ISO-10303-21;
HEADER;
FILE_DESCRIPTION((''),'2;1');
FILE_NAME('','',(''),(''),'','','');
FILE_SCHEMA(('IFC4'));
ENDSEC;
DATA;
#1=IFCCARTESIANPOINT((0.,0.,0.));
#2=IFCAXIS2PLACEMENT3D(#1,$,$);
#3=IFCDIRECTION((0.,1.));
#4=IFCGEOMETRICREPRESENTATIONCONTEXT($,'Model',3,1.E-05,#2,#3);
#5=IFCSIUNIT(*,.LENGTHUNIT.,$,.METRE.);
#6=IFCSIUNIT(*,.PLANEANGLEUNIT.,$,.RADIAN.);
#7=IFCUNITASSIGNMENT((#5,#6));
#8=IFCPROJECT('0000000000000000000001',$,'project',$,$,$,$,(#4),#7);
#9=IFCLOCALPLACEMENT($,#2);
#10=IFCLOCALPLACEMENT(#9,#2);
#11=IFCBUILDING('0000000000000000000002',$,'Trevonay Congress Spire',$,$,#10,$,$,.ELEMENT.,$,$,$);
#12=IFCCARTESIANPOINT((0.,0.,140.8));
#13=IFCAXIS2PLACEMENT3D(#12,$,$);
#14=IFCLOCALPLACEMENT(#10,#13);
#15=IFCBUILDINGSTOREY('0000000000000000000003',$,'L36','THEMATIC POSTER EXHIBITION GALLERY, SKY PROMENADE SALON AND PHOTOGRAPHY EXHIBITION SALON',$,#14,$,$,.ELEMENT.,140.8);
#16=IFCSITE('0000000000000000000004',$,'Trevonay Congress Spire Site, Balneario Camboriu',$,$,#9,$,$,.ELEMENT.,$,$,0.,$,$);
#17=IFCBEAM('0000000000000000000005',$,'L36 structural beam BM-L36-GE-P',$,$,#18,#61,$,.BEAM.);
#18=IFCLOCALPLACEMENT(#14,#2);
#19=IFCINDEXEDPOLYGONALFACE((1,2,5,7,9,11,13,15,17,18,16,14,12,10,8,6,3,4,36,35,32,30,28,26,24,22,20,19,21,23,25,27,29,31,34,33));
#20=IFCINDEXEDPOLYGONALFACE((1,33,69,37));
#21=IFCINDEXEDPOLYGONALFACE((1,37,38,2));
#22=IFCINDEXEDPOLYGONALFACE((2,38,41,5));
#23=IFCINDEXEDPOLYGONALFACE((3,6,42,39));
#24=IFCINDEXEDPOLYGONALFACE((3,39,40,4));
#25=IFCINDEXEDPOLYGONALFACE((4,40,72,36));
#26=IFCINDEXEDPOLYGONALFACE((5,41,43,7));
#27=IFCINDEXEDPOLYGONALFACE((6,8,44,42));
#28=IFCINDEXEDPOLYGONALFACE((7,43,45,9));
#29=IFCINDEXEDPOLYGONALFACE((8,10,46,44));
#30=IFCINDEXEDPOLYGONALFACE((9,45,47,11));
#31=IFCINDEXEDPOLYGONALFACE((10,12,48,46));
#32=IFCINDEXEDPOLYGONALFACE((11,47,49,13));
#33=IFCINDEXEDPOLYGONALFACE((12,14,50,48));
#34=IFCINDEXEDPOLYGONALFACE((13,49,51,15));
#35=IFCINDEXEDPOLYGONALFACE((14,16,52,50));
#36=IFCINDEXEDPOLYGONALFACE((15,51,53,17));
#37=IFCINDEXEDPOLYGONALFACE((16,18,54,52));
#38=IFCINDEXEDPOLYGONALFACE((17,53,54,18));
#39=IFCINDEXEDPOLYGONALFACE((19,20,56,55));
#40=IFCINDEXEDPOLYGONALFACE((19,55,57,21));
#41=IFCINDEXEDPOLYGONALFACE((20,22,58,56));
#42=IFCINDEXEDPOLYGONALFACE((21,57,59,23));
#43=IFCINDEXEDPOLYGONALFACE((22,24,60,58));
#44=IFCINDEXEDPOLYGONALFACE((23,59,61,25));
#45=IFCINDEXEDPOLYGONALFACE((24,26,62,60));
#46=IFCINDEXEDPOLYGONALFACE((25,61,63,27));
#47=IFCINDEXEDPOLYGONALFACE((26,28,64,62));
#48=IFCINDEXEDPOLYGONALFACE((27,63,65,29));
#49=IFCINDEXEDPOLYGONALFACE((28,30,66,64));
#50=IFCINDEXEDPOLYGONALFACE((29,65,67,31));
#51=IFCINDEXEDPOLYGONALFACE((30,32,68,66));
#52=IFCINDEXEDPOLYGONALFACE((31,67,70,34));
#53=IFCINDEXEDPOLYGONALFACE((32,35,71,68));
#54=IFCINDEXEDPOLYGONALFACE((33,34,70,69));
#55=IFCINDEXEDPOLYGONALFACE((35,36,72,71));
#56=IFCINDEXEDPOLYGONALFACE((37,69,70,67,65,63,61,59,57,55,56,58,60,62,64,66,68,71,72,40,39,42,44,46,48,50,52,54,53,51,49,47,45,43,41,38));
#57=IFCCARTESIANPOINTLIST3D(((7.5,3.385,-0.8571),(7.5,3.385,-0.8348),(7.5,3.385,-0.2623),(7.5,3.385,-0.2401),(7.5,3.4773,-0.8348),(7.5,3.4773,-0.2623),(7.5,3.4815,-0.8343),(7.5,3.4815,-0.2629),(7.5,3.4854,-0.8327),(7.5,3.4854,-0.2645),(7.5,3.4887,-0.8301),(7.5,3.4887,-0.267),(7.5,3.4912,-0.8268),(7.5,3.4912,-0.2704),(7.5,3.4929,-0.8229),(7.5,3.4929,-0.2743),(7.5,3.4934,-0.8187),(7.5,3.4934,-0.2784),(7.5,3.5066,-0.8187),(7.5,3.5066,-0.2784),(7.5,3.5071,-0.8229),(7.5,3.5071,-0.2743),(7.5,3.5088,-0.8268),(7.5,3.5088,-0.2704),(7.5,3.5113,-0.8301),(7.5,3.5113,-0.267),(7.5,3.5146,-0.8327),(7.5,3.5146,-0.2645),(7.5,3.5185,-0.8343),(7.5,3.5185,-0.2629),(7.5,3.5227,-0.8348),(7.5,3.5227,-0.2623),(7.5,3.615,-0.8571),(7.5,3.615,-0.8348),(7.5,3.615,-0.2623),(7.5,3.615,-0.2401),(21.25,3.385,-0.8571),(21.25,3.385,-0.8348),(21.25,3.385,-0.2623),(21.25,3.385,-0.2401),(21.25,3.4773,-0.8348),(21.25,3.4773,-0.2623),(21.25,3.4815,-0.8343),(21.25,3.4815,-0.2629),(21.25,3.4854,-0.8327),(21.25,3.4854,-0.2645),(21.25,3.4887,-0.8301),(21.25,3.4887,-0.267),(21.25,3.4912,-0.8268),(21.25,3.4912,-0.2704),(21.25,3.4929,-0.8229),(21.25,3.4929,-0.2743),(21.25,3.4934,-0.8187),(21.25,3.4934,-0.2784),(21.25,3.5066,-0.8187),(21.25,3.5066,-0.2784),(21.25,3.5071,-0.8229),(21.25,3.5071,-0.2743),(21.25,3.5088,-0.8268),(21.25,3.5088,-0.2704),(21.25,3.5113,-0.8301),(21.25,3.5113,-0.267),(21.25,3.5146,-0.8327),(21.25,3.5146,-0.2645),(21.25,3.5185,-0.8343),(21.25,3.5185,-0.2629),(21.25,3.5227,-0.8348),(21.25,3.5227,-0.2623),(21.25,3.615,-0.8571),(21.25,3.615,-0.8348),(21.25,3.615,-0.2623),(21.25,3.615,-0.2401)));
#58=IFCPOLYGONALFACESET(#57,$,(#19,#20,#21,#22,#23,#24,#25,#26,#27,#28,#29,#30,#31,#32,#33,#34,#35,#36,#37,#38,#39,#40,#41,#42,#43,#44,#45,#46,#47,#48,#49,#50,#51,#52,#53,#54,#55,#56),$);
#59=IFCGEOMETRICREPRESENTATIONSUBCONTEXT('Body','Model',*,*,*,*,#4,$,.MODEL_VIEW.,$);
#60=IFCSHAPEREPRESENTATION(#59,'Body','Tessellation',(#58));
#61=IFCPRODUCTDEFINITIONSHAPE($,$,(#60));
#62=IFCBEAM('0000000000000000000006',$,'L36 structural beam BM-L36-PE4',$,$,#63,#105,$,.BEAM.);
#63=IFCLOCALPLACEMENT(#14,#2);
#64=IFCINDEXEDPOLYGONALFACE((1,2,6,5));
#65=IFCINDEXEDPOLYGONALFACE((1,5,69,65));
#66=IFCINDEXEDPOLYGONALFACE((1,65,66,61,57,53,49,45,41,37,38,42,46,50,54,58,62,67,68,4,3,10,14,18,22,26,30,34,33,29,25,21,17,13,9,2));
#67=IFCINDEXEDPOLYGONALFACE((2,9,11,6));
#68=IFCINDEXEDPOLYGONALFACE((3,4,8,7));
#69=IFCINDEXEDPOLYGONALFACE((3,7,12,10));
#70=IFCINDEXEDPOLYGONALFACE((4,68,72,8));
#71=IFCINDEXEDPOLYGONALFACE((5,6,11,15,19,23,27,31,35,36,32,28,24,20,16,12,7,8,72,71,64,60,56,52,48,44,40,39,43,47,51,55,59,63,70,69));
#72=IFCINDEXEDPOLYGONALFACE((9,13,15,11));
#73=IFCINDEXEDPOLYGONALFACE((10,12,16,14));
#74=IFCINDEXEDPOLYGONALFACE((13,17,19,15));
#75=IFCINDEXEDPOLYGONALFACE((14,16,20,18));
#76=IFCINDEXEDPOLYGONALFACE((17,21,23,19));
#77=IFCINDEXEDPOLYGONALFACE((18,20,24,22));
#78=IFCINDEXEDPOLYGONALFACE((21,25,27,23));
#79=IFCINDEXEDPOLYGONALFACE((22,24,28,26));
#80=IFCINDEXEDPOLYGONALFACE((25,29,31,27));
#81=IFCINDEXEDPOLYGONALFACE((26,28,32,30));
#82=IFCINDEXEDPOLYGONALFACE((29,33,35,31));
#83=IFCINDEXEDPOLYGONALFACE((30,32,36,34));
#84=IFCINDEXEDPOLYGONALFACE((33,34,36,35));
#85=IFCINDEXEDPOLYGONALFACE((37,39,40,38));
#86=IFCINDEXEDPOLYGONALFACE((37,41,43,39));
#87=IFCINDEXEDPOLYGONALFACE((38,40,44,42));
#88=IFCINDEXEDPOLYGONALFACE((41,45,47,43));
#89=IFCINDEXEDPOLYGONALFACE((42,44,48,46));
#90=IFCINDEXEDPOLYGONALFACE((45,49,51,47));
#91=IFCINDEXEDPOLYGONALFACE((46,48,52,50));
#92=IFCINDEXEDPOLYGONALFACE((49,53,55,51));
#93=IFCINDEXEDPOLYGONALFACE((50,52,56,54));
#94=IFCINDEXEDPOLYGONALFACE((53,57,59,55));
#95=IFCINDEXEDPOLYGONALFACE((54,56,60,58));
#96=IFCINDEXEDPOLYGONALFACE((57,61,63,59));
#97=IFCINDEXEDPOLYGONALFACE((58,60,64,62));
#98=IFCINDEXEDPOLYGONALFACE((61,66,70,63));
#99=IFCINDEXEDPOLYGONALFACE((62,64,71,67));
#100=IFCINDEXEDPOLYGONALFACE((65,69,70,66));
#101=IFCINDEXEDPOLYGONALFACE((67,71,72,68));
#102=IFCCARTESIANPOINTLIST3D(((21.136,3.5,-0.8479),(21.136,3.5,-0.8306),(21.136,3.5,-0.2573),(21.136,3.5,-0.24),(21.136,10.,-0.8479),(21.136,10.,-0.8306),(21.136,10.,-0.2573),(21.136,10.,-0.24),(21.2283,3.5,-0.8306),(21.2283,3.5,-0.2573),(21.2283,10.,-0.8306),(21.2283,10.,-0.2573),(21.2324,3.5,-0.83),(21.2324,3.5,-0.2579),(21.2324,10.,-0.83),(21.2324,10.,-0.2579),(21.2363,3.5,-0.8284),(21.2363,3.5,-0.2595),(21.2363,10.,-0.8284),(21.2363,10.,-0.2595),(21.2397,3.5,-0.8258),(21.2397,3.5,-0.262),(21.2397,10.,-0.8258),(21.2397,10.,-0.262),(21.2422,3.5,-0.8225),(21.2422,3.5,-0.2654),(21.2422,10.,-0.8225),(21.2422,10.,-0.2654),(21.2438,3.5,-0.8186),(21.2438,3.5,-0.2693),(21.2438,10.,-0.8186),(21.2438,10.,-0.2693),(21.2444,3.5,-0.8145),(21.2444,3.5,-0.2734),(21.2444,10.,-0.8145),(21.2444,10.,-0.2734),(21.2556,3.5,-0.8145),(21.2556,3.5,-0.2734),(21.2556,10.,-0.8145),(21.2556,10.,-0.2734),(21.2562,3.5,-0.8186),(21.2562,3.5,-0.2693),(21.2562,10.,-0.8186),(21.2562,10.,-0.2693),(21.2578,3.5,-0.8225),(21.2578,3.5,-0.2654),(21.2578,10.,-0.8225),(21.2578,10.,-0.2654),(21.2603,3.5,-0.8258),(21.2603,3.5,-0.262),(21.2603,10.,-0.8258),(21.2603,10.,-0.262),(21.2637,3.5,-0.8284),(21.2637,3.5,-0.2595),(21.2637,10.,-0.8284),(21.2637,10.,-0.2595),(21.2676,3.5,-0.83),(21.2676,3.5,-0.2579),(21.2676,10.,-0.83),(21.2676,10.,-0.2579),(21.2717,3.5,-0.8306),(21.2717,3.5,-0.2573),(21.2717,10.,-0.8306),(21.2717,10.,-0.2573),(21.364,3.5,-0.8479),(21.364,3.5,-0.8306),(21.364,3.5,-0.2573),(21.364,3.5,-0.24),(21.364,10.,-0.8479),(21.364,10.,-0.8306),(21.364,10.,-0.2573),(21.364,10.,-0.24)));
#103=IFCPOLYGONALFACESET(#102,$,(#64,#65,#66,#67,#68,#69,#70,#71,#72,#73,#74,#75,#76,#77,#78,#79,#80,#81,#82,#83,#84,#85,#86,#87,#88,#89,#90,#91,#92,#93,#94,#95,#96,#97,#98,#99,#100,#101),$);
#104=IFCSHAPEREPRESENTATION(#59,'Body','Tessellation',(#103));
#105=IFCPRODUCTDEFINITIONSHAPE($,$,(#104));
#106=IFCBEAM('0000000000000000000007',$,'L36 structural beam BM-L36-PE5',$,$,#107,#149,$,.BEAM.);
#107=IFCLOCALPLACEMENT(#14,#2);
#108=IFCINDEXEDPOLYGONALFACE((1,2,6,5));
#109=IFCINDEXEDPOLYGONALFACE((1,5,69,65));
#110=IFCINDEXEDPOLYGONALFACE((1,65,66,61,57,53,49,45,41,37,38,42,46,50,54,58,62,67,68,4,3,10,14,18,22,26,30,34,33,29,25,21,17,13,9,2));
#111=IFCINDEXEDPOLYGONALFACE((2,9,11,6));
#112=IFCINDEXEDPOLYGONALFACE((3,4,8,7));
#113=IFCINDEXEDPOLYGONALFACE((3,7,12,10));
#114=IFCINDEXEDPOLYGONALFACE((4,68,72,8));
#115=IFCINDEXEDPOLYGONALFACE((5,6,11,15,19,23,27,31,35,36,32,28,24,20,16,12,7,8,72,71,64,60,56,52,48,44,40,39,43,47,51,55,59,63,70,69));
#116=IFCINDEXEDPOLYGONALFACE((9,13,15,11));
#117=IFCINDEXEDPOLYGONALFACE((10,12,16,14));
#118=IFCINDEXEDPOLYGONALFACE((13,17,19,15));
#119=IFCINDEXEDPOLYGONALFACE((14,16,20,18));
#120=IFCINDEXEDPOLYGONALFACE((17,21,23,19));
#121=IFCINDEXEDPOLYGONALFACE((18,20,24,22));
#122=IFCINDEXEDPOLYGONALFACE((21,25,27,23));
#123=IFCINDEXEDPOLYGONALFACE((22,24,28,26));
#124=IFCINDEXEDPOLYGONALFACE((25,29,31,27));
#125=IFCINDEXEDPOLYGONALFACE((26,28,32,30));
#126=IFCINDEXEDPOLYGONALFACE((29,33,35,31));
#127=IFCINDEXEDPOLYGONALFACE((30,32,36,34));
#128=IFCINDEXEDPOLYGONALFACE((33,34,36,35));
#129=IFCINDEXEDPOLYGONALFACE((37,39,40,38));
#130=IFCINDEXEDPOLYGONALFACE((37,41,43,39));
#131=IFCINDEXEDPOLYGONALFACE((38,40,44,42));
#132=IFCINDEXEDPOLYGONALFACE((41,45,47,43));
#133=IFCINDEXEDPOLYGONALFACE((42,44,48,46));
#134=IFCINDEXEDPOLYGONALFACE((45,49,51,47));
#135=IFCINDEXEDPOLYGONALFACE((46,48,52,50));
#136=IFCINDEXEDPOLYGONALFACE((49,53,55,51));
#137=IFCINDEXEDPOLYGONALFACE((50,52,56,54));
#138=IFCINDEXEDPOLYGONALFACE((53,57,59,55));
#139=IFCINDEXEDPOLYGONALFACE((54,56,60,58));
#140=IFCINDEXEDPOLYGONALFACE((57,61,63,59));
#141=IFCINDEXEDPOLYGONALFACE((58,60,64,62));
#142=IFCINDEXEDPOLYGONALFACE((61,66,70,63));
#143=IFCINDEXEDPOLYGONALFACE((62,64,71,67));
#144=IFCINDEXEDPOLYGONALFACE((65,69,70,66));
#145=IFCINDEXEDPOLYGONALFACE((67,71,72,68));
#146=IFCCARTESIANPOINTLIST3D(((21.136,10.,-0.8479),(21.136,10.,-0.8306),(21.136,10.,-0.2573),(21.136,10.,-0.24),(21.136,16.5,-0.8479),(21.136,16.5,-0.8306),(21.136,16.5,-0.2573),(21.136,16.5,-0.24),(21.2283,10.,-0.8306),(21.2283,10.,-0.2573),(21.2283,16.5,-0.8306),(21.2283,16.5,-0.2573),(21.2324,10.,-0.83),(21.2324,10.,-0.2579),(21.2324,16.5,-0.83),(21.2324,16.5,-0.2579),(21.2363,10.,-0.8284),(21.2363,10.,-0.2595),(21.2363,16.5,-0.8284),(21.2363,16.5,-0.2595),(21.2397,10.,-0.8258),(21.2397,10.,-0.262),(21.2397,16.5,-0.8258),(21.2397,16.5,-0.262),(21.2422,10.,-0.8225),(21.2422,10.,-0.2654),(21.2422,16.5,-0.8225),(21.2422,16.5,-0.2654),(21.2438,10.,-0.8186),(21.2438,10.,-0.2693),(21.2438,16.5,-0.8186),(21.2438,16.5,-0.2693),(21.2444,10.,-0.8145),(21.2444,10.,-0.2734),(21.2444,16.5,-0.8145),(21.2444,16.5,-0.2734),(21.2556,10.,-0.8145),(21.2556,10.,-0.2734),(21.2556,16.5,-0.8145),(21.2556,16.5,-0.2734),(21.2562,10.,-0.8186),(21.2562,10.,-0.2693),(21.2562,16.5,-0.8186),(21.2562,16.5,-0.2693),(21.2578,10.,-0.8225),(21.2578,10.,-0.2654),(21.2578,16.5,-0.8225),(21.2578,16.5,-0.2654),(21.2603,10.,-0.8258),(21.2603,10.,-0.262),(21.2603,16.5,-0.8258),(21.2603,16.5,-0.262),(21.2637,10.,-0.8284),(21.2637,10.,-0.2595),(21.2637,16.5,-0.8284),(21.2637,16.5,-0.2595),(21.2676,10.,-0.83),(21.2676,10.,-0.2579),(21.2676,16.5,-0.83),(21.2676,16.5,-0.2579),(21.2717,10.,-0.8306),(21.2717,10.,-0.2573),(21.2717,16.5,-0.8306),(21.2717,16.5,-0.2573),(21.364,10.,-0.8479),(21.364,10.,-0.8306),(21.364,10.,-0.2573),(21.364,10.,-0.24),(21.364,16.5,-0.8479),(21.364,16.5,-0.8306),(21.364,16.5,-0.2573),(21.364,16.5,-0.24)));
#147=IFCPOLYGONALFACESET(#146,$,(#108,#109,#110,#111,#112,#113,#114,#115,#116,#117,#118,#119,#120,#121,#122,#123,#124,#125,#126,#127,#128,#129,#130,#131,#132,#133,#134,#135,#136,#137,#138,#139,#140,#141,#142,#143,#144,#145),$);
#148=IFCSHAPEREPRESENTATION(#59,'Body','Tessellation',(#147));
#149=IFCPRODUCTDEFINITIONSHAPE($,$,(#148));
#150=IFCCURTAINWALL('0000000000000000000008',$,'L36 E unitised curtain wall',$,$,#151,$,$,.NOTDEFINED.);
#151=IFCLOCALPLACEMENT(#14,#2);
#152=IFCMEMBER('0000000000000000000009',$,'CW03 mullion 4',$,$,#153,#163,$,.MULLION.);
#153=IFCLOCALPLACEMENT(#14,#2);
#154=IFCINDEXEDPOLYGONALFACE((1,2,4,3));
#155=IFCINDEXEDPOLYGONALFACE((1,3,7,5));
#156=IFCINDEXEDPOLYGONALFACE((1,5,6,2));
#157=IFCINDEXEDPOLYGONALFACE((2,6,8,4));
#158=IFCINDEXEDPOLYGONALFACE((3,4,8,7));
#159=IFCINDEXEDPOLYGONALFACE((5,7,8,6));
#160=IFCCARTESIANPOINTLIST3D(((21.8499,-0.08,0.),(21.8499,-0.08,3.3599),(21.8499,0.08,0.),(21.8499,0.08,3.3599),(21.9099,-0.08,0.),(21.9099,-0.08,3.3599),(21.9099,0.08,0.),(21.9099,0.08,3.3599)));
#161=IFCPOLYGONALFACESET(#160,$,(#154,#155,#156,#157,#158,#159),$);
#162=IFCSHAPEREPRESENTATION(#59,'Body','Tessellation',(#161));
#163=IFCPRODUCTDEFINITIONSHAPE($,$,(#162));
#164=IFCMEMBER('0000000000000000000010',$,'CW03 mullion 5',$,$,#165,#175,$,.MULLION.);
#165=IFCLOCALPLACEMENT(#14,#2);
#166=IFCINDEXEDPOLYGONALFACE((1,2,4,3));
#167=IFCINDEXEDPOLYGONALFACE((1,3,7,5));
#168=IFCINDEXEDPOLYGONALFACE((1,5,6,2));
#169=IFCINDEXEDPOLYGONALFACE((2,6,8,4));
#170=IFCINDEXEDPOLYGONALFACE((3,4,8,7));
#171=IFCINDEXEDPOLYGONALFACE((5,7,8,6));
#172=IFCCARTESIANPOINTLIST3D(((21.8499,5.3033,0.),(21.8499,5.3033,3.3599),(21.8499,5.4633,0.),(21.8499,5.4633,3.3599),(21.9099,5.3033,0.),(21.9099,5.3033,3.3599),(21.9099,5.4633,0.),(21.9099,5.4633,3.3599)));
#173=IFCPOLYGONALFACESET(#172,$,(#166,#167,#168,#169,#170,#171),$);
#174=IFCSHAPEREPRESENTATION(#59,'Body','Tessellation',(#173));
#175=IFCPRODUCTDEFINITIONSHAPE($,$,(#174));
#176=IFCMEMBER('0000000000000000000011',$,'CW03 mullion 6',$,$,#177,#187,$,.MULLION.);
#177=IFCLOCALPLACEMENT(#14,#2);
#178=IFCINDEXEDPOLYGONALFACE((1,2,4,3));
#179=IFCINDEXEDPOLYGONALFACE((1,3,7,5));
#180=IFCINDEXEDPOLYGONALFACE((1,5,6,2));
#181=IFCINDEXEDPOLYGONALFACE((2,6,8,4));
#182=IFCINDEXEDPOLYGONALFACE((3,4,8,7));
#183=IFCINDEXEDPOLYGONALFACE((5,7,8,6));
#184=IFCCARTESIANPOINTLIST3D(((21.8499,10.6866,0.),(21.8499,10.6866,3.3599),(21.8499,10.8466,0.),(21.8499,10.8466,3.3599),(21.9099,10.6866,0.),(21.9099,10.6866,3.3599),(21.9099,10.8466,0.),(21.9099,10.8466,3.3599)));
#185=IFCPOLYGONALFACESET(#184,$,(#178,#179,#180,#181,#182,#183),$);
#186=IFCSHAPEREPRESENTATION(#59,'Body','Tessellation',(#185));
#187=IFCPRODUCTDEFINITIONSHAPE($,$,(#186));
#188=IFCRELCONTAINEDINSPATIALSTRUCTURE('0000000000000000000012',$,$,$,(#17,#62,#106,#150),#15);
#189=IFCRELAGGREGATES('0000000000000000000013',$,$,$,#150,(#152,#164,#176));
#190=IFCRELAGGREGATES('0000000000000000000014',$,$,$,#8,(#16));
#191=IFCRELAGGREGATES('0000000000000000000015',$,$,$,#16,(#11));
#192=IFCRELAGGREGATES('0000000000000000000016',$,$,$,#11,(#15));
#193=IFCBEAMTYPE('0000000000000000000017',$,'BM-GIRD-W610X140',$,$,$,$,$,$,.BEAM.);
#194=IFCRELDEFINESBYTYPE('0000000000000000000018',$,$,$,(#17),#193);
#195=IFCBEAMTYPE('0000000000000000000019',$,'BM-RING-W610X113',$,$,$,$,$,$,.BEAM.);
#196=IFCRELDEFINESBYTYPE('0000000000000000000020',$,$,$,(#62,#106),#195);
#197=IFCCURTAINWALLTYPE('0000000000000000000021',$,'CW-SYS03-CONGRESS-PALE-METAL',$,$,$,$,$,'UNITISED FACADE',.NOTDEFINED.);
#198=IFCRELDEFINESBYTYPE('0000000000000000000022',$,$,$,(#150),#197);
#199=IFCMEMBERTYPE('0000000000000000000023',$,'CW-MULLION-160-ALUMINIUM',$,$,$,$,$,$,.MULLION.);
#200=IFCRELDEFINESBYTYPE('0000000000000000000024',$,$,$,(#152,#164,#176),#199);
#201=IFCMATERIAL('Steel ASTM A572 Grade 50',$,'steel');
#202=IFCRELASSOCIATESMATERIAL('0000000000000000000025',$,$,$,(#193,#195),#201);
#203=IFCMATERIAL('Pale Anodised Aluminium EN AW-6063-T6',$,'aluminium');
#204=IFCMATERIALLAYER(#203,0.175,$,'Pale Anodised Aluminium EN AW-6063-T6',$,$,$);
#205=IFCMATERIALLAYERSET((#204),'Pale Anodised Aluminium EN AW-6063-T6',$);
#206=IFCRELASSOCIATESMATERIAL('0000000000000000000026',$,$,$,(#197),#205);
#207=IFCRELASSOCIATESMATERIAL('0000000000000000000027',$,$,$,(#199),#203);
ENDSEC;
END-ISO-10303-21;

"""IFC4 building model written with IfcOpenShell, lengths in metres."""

from ifc_helpers import new_model, si_unit, direction, frame, origin, origin_2d, place, context, subcontext, project, spatial, rectangle, i_section, extrude, material, layer, layer_set, material_profile, profile_set, type_object, element, aggregate, save


model = new_model("IFC4")

# Units and contexts
model_context = context("Model", 3, precision=1e-05, world=origin(), true_north=direction((0.0, 1.0)))
body_context = subcontext(model_context, "Body", "Model", "MODEL_VIEW")
ifc_project = project(units=[si_unit("LENGTHUNIT", "METRE"), si_unit("PLANEANGLEUNIT", "RADIAN")], contexts=[model_context])

# Site, building, storey
site_placement = place(None, origin())
site = spatial("IfcSite", under=ifc_project, at=site_placement, Name="Trevonay Congress Spire Site, Balneario Camboriu", CompositionType="ELEMENT", RefElevation=0.0)
building_placement = place(site_placement, origin())
building = spatial("IfcBuilding", under=site, at=building_placement, Name="Trevonay Congress Spire", CompositionType="ELEMENT")
storey_placement = place(building_placement, frame((0.0, 0.0, 140.8)))
storey = spatial("IfcBuildingStorey", under=building, at=storey_placement, Name="L36", Description="THEMATIC POSTER EXHIBITION GALLERY, SKY PROMENADE SALON AND PHOTOGRAPHY EXHIBITION SALON", CompositionType="ELEMENT", Elevation=140.8)

# Shared definitions
ifc_material_1 = material(Name="Steel ASTM A572 Grade 50", Category="steel")

# Beams
ifc_material_profile_1 = material_profile(ifc_material_1, i_section(OverallWidth=0.23, OverallDepth=0.6169, WebThickness=0.0132, FlangeThickness=0.0222, FilletRadius=0.0161, at=origin_2d()), Name="W610x140")
ifc_profile_set_1 = profile_set([ifc_material_profile_1], Name="Steel ASTM A572 Grade 50")
beam_type_1 = type_object("IfcBeamType", Name="BM-GIRD-W610X140", PredefinedType="BEAM", material=ifc_profile_set_1)
beam_1_placement = place(storey_placement, frame((7.5, 3.5, -0.5486), z_axis=(1.0, 0.0, 0.0), x_axis=(0.0, 1.0, 0.0)))
element("IfcBeam", 1, at=beam_1_placement, inside=storey, type_object=beam_type_1, Name="L36 structural beam BM-L36-GE-P", PredefinedType="BEAM", context=body_context, shape_type="SweptSolid", body=[
    extrude(i_section(OverallWidth=0.23, OverallDepth=0.6169, WebThickness=0.0132, FlangeThickness=0.0222, FilletRadius=0.0161, at=origin_2d()), origin(), (0.0, 0.0, 1.0), 13.75),
])
ifc_material_profile_2 = material_profile(ifc_material_1, i_section(OverallWidth=0.228, OverallDepth=0.6079, WebThickness=0.0112, FlangeThickness=0.0173, FilletRadius=0.0161, at=origin_2d()), Name="W610x113")
ifc_profile_set_2 = profile_set([ifc_material_profile_2], Name="Steel ASTM A572 Grade 50")
beam_type_2 = type_object("IfcBeamType", Name="BM-RING-W610X113", PredefinedType="BEAM", material=ifc_profile_set_2)
for number, where, z_axis, x_axis, name in (
    (2, (21.25, 3.5, -0.5439), (0.0, 1.0, 0.0), (-1.0, 0.0, 0.0), "L36 structural beam BM-L36-PE4"),
    (3, (21.25, 10.0, -0.5439), (0.0, 1.0, 0.0), (-1.0, 0.0, 0.0), "L36 structural beam BM-L36-PE5"),
):
    element("IfcBeam", number, at=place(storey_placement, frame(where, z_axis=z_axis, x_axis=x_axis)), inside=storey, type_object=beam_type_2, Name=name, PredefinedType="BEAM", context=body_context, shape_type="SweptSolid", body=[
        extrude(i_section(OverallWidth=0.228, OverallDepth=0.6079, WebThickness=0.0112, FlangeThickness=0.0173, FilletRadius=0.0161, at=origin_2d()), origin(), (0.0, 0.0, 1.0), 6.5),
    ])

# Curtain wall, members
ifc_material_2 = material(Name="Pale Anodised Aluminium EN AW-6063-T6", Category="aluminium")
ifc_layer_1 = layer(ifc_material_2, 0.175, Name="Pale Anodised Aluminium EN AW-6063-T6")
ifc_layer_set_1 = layer_set([ifc_layer_1], Name="Pale Anodised Aluminium EN AW-6063-T6")
curtain_wall_type = type_object("IfcCurtainWallType", Name="CW-SYS03-CONGRESS-PALE-METAL", ElementType="UNITISED FACADE", PredefinedType="NOTDEFINED", material=ifc_layer_set_1)
curtain_wall_placement = place(storey_placement, origin())
curtain_wall = element("IfcCurtainWall", 4, at=curtain_wall_placement, inside=storey, type_object=curtain_wall_type, Name="L36 E unitised curtain wall", PredefinedType="NOTDEFINED")
ifc_material_profile_3 = material_profile(ifc_material_2, rectangle(XDim=0.0601, YDim=0.1599, at=origin_2d()), Name="CW-MULLION-160-ALUMINIUM")
ifc_profile_set_3 = profile_set([ifc_material_profile_3], Name="Pale Anodised Aluminium EN AW-6063-T6")
member_type_1 = type_object("IfcMemberType", Name="CW-MULLION-160-ALUMINIUM", PredefinedType="MULLION", material=ifc_profile_set_3)
member_1_placement = place(storey_placement, frame((21.8799, 0.0, 0.0), z_axis=(0.0, 0.0, 1.0), x_axis=(-1.0, 0.0, 0.0)))
member_1 = element("IfcMember", 5, at=member_1_placement, type_object=member_type_1, Name="CW03 mullion 4", PredefinedType="MULLION", context=body_context, shape_type="SweptSolid", body=[
    extrude(rectangle(XDim=0.0601, YDim=0.1599, at=origin_2d()), origin(), (0.0, 0.0, 1.0), 3.3599),
])
member_2_placement = place(storey_placement, frame((21.8799, 5.3833, 0.0), z_axis=(0.0, 0.0, 1.0), x_axis=(-1.0, 0.0, 0.0)))
member_2 = element("IfcMember", 6, at=member_2_placement, type_object=member_type_1, Name="CW03 mullion 5", PredefinedType="MULLION", context=body_context, shape_type="SweptSolid", body=[
    extrude(rectangle(XDim=0.0601, YDim=0.1599, at=origin_2d()), origin(), (0.0, 0.0, 1.0), 3.3599),
])
member_3_placement = place(storey_placement, frame((21.8799, 10.7666, 0.0), z_axis=(0.0, 0.0, 1.0), x_axis=(-1.0, 0.0, 0.0)))
member_3 = element("IfcMember", 7, at=member_3_placement, type_object=member_type_1, Name="CW03 mullion 6", PredefinedType="MULLION", context=body_context, shape_type="SweptSolid", body=[
    extrude(rectangle(XDim=0.0601, YDim=0.1599, at=origin_2d()), origin(), (0.0, 0.0, 1.0), 3.3599),
])

aggregate(curtain_wall, [member_1, member_2, member_3])

save(model, "model.ifc")
